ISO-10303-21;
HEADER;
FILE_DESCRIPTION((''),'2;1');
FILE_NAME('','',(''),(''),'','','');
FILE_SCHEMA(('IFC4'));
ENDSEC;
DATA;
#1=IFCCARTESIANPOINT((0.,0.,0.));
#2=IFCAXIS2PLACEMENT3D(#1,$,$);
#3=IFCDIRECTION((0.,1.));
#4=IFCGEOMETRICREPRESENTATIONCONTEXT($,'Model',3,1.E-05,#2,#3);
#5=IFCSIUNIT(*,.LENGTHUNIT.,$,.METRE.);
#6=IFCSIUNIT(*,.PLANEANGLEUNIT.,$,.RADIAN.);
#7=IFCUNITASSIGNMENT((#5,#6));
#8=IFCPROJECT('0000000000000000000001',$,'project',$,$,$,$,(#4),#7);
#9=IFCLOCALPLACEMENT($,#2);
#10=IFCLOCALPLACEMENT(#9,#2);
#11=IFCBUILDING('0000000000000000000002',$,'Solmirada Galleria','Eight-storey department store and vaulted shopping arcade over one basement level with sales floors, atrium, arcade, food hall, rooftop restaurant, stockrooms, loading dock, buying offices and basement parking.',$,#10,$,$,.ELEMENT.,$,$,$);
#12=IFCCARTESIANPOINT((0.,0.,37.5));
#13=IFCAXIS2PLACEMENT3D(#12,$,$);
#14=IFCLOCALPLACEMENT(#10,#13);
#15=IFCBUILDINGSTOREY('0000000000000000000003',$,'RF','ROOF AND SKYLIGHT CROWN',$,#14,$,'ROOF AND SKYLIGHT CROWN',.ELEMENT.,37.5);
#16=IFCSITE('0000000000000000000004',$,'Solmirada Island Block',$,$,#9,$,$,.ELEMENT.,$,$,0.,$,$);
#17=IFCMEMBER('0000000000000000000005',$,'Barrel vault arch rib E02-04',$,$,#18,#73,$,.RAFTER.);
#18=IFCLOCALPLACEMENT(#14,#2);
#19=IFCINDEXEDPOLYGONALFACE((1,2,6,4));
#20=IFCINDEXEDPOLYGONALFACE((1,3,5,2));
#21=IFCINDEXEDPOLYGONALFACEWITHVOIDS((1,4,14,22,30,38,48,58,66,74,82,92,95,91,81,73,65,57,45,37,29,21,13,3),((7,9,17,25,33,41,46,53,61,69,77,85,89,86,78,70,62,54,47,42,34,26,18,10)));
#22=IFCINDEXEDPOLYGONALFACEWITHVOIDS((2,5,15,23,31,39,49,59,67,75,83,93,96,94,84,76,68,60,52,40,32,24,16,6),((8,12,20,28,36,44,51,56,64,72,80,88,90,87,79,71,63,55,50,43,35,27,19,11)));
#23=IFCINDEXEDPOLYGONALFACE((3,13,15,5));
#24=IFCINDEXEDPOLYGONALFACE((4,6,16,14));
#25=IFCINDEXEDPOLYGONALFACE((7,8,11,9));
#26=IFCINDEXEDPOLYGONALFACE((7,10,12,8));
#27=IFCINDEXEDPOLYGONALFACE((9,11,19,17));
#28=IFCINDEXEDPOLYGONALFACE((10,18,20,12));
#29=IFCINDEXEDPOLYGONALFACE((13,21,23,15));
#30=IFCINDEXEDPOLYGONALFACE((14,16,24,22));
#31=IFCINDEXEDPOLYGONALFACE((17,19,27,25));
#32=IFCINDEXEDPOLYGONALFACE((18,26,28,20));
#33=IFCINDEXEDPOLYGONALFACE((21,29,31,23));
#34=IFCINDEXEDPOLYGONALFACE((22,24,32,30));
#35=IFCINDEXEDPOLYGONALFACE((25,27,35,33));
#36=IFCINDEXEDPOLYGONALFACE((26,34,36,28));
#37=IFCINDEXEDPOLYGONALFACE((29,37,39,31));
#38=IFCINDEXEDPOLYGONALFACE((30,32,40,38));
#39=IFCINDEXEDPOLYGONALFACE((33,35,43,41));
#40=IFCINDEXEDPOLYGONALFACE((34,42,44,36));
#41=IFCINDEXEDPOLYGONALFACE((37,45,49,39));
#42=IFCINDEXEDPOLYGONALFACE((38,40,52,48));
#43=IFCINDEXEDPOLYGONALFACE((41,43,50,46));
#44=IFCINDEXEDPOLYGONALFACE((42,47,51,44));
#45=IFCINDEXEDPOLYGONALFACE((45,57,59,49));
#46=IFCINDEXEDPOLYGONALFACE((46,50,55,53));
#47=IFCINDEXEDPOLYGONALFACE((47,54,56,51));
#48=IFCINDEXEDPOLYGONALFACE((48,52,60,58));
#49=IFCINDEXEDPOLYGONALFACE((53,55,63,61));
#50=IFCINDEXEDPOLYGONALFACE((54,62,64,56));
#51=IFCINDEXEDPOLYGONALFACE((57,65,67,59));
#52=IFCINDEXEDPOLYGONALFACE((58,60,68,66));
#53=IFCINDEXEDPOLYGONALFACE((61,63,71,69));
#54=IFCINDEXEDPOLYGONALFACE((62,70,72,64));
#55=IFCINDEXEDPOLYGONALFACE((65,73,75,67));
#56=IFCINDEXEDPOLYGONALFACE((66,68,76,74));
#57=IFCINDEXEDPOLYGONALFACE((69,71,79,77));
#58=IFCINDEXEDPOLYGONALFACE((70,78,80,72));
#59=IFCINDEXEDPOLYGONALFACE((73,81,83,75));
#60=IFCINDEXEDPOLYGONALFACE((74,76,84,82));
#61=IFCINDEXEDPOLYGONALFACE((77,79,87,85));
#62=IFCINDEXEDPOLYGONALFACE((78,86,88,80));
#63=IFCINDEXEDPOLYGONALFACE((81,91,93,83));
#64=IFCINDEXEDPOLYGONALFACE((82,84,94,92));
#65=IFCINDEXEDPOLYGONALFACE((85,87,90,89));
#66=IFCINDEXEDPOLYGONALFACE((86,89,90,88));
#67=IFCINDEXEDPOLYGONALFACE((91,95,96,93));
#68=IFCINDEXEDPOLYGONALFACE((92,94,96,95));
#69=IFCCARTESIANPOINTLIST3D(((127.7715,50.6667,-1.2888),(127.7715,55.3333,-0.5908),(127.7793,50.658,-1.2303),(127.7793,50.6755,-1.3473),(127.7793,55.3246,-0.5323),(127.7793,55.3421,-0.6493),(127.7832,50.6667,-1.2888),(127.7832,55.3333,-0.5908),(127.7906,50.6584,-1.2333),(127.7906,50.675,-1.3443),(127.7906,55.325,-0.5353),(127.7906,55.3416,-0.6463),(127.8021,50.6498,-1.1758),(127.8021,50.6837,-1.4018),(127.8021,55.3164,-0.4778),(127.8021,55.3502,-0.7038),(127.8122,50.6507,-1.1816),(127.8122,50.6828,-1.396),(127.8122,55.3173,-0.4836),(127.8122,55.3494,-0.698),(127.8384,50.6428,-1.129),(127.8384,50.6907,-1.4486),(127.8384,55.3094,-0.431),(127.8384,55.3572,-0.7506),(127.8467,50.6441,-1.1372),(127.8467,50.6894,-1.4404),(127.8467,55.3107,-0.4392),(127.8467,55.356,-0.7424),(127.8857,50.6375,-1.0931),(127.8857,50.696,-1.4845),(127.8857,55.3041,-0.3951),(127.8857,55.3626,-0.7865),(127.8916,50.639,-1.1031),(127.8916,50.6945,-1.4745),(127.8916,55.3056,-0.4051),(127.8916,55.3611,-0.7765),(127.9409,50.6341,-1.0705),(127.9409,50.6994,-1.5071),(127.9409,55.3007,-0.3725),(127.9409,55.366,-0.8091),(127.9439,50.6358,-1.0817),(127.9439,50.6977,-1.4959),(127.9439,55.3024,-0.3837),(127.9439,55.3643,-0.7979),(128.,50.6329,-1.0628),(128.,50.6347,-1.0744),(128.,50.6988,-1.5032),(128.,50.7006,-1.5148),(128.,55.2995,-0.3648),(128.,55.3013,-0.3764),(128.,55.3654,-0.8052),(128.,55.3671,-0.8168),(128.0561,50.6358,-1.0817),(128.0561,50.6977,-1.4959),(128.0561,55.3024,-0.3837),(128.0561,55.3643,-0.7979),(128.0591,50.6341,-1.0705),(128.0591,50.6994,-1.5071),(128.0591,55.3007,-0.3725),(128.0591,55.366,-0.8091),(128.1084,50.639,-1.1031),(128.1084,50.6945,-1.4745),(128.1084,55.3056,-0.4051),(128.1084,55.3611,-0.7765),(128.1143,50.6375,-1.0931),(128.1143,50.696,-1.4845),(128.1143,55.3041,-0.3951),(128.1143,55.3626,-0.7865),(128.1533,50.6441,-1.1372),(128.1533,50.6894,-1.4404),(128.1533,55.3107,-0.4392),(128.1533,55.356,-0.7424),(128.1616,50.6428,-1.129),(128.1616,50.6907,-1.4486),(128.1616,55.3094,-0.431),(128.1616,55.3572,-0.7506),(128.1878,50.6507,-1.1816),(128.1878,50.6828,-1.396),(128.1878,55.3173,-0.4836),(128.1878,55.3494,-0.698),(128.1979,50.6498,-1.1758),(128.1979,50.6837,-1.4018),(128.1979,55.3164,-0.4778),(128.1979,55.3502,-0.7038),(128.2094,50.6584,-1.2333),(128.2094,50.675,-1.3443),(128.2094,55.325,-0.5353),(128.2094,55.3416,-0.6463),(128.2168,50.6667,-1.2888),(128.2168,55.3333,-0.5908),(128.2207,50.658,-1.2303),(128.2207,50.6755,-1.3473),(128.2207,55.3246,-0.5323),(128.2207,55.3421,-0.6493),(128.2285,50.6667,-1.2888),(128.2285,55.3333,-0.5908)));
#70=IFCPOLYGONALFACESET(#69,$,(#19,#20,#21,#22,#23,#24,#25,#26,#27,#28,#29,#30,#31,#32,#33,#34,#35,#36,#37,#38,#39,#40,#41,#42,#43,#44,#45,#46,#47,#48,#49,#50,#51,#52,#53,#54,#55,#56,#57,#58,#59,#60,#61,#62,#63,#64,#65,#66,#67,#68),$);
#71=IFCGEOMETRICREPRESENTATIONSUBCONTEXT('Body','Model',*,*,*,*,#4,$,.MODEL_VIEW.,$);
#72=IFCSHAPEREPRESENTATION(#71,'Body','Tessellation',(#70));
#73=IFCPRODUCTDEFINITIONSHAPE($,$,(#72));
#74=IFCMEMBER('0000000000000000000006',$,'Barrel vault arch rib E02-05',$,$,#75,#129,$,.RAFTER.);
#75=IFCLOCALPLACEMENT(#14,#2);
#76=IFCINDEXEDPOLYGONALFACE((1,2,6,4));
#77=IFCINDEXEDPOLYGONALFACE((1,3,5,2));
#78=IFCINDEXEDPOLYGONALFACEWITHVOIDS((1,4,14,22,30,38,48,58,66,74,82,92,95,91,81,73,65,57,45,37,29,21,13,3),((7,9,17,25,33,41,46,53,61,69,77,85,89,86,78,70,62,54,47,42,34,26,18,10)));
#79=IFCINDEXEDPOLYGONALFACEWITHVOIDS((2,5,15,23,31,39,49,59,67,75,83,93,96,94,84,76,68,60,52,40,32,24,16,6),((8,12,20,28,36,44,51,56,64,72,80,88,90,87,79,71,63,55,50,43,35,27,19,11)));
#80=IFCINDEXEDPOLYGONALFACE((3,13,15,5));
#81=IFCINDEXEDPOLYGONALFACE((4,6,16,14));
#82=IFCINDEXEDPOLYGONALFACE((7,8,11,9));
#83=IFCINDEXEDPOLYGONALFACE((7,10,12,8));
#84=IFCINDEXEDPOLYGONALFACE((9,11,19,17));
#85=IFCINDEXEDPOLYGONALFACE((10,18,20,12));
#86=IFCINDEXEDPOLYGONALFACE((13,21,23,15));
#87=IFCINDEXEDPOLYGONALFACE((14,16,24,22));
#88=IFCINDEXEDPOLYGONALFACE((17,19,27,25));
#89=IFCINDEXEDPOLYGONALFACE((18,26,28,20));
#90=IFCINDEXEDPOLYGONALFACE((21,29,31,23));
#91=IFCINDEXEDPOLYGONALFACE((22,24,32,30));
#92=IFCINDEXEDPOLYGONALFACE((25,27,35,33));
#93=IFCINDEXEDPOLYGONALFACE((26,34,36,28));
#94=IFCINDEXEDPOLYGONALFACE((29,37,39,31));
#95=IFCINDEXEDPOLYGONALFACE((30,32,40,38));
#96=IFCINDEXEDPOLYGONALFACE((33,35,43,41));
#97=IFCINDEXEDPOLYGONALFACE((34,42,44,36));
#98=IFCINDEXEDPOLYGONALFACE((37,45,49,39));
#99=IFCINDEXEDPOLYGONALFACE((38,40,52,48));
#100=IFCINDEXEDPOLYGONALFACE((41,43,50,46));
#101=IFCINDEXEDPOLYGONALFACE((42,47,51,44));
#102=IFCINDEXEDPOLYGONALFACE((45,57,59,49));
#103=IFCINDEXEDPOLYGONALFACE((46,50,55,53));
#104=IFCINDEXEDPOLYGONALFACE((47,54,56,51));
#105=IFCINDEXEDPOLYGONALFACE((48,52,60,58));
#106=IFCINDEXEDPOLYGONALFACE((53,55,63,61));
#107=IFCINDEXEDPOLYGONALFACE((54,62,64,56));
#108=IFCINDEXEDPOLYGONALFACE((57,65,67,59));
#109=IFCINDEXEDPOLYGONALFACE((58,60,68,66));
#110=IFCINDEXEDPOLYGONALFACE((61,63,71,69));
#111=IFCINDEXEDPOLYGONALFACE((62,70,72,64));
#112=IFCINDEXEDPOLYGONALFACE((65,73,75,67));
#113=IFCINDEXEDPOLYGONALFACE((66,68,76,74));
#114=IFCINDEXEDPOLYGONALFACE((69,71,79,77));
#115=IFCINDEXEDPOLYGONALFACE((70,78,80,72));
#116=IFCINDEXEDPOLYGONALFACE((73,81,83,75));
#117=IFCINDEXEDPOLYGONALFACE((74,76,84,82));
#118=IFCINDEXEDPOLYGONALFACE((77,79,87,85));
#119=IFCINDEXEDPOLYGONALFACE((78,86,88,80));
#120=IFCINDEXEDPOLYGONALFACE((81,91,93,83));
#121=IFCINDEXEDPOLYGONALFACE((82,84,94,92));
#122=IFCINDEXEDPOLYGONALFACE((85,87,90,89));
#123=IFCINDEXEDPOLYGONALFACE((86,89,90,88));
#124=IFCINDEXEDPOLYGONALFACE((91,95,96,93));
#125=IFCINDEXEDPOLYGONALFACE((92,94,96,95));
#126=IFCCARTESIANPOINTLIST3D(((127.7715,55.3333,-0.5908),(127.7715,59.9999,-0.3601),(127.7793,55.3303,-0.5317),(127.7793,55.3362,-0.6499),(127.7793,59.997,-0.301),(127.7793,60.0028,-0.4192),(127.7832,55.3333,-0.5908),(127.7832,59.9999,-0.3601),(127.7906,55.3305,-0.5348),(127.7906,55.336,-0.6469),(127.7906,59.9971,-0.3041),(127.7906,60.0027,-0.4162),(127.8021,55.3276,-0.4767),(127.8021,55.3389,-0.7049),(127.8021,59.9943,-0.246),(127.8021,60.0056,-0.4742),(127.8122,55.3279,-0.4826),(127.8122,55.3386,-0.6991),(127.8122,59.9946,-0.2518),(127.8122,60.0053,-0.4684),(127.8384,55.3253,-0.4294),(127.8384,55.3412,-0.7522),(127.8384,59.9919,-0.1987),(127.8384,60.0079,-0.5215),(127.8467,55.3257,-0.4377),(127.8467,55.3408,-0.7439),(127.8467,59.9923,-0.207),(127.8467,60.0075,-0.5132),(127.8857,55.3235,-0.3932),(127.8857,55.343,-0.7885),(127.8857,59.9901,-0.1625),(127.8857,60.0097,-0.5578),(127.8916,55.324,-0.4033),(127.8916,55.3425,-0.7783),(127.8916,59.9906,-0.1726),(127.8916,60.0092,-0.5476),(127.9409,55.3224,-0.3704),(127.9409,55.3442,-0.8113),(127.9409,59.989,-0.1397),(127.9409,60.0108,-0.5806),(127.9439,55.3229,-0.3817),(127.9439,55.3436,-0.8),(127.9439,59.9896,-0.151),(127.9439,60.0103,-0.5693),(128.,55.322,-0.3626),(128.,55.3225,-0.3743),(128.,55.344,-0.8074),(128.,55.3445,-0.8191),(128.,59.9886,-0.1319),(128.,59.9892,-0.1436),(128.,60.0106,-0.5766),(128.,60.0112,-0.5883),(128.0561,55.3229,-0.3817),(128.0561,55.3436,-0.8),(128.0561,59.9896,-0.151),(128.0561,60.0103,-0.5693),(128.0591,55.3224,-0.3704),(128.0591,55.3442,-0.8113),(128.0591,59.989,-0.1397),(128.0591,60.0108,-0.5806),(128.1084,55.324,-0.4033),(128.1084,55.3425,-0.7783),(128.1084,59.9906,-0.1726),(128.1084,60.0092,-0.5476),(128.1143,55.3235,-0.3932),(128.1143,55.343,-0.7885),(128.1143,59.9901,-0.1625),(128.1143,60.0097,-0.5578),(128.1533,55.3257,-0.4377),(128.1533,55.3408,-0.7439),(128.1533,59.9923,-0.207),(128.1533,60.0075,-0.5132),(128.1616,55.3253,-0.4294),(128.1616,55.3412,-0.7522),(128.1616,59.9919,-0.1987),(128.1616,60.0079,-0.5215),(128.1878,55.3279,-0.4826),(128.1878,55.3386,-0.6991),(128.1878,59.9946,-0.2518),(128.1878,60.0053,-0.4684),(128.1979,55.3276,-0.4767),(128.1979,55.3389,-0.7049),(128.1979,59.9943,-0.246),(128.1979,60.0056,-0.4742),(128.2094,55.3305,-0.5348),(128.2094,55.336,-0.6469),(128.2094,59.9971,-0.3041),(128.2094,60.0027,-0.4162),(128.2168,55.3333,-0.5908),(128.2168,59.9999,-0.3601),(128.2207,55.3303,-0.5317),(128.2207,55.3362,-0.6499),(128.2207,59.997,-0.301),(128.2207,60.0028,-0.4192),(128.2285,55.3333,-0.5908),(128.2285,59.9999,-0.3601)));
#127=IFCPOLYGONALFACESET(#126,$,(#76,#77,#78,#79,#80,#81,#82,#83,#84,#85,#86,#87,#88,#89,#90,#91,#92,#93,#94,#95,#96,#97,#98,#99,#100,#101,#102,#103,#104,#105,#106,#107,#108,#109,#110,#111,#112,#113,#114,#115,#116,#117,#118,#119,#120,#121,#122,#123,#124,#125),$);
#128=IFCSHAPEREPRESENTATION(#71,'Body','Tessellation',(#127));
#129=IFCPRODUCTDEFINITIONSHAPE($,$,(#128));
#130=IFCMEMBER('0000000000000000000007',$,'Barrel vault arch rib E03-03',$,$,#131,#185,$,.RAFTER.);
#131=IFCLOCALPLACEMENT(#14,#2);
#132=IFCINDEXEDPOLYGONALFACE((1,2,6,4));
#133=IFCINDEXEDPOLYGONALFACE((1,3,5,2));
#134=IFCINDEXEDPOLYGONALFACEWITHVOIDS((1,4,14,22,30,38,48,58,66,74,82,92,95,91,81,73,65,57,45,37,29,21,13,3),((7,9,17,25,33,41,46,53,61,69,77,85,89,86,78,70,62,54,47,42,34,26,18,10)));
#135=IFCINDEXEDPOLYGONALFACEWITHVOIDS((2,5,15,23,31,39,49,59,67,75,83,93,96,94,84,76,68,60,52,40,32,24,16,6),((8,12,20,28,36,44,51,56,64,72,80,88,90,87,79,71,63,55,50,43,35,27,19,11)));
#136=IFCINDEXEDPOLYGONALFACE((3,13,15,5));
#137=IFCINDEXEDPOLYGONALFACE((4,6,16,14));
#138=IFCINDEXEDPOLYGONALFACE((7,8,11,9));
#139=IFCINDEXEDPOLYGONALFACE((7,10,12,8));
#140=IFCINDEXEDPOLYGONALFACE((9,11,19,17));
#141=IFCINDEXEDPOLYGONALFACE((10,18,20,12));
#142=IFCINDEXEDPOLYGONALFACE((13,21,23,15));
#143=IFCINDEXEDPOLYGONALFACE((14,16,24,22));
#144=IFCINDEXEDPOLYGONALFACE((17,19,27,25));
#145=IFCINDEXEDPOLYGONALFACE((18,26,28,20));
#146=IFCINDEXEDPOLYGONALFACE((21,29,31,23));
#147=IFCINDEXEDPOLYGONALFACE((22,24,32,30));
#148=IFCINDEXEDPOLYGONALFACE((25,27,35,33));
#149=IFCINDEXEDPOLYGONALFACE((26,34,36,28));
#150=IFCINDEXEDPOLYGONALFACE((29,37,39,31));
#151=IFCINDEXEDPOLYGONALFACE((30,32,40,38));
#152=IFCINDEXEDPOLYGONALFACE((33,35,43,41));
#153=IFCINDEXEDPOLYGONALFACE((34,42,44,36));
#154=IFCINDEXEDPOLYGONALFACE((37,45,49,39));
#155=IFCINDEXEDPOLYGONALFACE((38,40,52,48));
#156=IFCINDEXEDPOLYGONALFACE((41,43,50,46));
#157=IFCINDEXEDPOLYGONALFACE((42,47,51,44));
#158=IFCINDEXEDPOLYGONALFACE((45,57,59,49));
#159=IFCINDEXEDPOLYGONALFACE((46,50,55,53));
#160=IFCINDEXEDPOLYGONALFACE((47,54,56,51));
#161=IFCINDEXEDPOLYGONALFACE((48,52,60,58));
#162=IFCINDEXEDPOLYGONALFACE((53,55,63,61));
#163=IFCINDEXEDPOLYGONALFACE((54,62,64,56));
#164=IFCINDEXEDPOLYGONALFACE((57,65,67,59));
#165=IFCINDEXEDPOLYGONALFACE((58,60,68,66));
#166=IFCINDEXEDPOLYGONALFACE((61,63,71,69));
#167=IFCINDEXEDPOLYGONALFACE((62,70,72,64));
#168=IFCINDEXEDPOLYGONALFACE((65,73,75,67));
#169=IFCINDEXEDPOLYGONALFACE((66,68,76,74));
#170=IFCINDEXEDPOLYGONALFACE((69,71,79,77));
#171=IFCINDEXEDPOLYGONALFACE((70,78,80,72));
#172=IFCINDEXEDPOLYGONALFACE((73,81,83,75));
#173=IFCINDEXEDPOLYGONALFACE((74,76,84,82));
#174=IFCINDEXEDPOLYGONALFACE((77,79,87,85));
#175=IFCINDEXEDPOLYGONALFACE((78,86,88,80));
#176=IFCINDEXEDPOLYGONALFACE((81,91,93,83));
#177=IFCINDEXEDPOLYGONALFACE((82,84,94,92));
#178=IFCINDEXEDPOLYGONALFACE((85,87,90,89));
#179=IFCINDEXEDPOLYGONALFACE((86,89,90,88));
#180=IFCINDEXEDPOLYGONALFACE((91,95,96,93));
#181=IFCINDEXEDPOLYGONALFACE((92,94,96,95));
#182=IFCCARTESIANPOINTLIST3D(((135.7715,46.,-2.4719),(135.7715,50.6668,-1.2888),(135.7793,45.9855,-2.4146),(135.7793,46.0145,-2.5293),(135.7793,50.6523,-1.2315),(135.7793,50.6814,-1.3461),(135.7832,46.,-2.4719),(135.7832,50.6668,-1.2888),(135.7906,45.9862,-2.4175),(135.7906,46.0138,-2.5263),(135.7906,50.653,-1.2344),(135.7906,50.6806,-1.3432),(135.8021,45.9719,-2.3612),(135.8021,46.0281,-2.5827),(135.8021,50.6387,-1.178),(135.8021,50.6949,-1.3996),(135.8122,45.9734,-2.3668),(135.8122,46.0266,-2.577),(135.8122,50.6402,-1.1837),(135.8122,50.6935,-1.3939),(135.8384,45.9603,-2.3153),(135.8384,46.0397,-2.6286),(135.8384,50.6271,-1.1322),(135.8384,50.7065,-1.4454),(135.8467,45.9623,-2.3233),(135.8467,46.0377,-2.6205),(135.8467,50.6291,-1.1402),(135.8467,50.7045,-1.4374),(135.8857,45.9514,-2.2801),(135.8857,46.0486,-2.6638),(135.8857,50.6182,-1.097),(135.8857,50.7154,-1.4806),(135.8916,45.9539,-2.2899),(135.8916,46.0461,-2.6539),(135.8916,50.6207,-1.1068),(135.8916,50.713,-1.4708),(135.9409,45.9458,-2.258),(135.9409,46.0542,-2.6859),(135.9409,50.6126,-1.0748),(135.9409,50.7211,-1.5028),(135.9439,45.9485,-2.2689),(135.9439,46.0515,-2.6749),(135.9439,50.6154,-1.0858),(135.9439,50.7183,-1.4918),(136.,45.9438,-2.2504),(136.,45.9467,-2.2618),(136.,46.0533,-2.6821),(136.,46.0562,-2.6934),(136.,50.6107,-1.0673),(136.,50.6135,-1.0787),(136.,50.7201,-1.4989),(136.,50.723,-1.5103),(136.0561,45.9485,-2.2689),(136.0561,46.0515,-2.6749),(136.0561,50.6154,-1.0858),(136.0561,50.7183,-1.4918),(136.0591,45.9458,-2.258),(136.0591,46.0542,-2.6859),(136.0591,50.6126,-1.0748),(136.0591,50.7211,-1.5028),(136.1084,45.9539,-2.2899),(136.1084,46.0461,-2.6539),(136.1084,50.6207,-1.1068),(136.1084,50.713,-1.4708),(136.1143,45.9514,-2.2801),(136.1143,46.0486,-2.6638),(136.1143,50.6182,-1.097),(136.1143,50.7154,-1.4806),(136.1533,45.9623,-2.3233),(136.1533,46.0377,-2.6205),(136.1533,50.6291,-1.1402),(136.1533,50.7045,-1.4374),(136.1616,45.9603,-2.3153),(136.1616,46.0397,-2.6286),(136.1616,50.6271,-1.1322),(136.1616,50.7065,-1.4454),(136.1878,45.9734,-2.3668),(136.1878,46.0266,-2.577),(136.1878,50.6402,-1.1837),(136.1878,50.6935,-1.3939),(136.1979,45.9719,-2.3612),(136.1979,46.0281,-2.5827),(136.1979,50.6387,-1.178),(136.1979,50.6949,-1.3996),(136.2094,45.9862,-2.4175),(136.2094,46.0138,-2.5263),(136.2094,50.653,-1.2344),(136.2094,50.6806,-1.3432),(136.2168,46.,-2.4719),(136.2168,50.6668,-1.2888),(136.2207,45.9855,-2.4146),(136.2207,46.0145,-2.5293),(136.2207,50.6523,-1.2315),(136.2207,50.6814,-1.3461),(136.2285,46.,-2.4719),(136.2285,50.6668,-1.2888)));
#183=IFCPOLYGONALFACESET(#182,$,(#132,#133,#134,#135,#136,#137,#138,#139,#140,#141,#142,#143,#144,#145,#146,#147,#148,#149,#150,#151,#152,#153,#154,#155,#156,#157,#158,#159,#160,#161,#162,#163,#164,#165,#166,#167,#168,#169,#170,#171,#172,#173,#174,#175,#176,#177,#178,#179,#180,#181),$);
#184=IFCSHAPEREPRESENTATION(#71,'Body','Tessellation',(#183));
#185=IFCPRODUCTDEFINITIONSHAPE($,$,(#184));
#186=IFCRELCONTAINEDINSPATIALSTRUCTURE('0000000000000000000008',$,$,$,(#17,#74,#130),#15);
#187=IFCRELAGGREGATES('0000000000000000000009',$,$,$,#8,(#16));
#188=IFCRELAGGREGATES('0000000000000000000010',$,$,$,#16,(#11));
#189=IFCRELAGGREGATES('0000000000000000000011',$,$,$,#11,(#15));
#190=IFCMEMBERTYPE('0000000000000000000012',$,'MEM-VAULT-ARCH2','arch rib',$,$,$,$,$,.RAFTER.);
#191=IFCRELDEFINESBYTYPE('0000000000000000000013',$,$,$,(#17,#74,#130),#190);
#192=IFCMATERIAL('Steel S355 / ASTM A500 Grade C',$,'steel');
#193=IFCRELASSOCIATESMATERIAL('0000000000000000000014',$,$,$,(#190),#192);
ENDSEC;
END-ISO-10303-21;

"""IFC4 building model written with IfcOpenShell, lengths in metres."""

from ifc_helpers import new_model, si_unit, direction, frame, origin, origin_2d, place, context, subcontext, project, spatial, hollow_circle, extrude, material, material_profile, profile_set, type_object, element, save


model = new_model("IFC4")

# Units and contexts
model_context = context("Model", 3, precision=1e-05, world=origin(), true_north=direction((0.0, 1.0)))
body_context = subcontext(model_context, "Body", "Model", "MODEL_VIEW")
ifc_project = project(units=[si_unit("LENGTHUNIT", "METRE"), si_unit("PLANEANGLEUNIT", "RADIAN")], contexts=[model_context])

# Site, building, storey
site_placement = place(None, origin())
site = spatial("IfcSite", under=ifc_project, at=site_placement, Name="Solmirada Island Block", CompositionType="ELEMENT", RefElevation=0.0)
building_placement = place(site_placement, origin())
building = spatial("IfcBuilding", under=site, at=building_placement, Name="Solmirada Galleria", Description="Eight-storey department store and vaulted shopping arcade over one basement level with sales floors, atrium, arcade, food hall, rooftop restaurant, stockrooms, loading dock, buying offices and basement parking.", CompositionType="ELEMENT")
storey_placement = place(building_placement, frame((0.0, 0.0, 37.5)))
storey = spatial("IfcBuildingStorey", under=building, at=storey_placement, Name="RF", Description="ROOF AND SKYLIGHT CROWN", LongName="ROOF AND SKYLIGHT CROWN", CompositionType="ELEMENT", Elevation=37.5)

# Members
ifc_material_1 = material(Name="Steel S355 / ASTM A500 Grade C", Category="steel")
ifc_material_profile_1 = material_profile(ifc_material_1, hollow_circle(Radius=0.2285, WallThickness=0.0117, at=origin_2d()), Name="HSS18.000X0.500")
ifc_profile_set_1 = profile_set([ifc_material_profile_1], Name="Steel S355 / ASTM A500 Grade C")
member_type_1 = type_object("IfcMemberType", Name="MEM-VAULT-ARCH2", Description="arch rib", PredefinedType="RAFTER", material=ifc_profile_set_1)
member_1_placement = place(storey_placement, frame((128.0, 50.6667, -1.2888), z_axis=(0.0, 0.988998, 0.147931), x_axis=(-1.0, 0.0, 0.0)))
element("IfcMember", 1, at=member_1_placement, inside=storey, type_object=member_type_1, Name="Barrel vault arch rib E02-04", PredefinedType="RAFTER", context=body_context, shape_type="SweptSolid", body=[
    extrude(hollow_circle(Radius=0.2285, WallThickness=0.0117, at=origin_2d()), origin(), (0.0, 0.0, 1.0), 4.7185),
])
member_2_placement = place(storey_placement, frame((128.0, 55.3333, -0.5908), z_axis=(0.0, 0.99878, 0.049377), x_axis=(-1.0, 0.0, 0.0)))
element("IfcMember", 2, at=member_2_placement, inside=storey, type_object=member_type_1, Name="Barrel vault arch rib E02-05", PredefinedType="RAFTER", context=body_context, shape_type="SweptSolid", body=[
    extrude(hollow_circle(Radius=0.2285, WallThickness=0.0117, at=origin_2d()), origin(), (0.0, 0.0, 1.0), 4.6724),
])
member_3_placement = place(storey_placement, frame((136.0, 46.0, -2.4719), z_axis=(0.0, 0.969335, 0.245744), x_axis=(-1.0, 0.0, 0.0)))
element("IfcMember", 3, at=member_3_placement, inside=storey, type_object=member_type_1, Name="Barrel vault arch rib E03-03", PredefinedType="RAFTER", context=body_context, shape_type="SweptSolid", body=[
    extrude(hollow_circle(Radius=0.2285, WallThickness=0.0117, at=origin_2d()), origin(), (0.0, 0.0, 1.0), 4.8145),
])

save(model, "model.ifc")
